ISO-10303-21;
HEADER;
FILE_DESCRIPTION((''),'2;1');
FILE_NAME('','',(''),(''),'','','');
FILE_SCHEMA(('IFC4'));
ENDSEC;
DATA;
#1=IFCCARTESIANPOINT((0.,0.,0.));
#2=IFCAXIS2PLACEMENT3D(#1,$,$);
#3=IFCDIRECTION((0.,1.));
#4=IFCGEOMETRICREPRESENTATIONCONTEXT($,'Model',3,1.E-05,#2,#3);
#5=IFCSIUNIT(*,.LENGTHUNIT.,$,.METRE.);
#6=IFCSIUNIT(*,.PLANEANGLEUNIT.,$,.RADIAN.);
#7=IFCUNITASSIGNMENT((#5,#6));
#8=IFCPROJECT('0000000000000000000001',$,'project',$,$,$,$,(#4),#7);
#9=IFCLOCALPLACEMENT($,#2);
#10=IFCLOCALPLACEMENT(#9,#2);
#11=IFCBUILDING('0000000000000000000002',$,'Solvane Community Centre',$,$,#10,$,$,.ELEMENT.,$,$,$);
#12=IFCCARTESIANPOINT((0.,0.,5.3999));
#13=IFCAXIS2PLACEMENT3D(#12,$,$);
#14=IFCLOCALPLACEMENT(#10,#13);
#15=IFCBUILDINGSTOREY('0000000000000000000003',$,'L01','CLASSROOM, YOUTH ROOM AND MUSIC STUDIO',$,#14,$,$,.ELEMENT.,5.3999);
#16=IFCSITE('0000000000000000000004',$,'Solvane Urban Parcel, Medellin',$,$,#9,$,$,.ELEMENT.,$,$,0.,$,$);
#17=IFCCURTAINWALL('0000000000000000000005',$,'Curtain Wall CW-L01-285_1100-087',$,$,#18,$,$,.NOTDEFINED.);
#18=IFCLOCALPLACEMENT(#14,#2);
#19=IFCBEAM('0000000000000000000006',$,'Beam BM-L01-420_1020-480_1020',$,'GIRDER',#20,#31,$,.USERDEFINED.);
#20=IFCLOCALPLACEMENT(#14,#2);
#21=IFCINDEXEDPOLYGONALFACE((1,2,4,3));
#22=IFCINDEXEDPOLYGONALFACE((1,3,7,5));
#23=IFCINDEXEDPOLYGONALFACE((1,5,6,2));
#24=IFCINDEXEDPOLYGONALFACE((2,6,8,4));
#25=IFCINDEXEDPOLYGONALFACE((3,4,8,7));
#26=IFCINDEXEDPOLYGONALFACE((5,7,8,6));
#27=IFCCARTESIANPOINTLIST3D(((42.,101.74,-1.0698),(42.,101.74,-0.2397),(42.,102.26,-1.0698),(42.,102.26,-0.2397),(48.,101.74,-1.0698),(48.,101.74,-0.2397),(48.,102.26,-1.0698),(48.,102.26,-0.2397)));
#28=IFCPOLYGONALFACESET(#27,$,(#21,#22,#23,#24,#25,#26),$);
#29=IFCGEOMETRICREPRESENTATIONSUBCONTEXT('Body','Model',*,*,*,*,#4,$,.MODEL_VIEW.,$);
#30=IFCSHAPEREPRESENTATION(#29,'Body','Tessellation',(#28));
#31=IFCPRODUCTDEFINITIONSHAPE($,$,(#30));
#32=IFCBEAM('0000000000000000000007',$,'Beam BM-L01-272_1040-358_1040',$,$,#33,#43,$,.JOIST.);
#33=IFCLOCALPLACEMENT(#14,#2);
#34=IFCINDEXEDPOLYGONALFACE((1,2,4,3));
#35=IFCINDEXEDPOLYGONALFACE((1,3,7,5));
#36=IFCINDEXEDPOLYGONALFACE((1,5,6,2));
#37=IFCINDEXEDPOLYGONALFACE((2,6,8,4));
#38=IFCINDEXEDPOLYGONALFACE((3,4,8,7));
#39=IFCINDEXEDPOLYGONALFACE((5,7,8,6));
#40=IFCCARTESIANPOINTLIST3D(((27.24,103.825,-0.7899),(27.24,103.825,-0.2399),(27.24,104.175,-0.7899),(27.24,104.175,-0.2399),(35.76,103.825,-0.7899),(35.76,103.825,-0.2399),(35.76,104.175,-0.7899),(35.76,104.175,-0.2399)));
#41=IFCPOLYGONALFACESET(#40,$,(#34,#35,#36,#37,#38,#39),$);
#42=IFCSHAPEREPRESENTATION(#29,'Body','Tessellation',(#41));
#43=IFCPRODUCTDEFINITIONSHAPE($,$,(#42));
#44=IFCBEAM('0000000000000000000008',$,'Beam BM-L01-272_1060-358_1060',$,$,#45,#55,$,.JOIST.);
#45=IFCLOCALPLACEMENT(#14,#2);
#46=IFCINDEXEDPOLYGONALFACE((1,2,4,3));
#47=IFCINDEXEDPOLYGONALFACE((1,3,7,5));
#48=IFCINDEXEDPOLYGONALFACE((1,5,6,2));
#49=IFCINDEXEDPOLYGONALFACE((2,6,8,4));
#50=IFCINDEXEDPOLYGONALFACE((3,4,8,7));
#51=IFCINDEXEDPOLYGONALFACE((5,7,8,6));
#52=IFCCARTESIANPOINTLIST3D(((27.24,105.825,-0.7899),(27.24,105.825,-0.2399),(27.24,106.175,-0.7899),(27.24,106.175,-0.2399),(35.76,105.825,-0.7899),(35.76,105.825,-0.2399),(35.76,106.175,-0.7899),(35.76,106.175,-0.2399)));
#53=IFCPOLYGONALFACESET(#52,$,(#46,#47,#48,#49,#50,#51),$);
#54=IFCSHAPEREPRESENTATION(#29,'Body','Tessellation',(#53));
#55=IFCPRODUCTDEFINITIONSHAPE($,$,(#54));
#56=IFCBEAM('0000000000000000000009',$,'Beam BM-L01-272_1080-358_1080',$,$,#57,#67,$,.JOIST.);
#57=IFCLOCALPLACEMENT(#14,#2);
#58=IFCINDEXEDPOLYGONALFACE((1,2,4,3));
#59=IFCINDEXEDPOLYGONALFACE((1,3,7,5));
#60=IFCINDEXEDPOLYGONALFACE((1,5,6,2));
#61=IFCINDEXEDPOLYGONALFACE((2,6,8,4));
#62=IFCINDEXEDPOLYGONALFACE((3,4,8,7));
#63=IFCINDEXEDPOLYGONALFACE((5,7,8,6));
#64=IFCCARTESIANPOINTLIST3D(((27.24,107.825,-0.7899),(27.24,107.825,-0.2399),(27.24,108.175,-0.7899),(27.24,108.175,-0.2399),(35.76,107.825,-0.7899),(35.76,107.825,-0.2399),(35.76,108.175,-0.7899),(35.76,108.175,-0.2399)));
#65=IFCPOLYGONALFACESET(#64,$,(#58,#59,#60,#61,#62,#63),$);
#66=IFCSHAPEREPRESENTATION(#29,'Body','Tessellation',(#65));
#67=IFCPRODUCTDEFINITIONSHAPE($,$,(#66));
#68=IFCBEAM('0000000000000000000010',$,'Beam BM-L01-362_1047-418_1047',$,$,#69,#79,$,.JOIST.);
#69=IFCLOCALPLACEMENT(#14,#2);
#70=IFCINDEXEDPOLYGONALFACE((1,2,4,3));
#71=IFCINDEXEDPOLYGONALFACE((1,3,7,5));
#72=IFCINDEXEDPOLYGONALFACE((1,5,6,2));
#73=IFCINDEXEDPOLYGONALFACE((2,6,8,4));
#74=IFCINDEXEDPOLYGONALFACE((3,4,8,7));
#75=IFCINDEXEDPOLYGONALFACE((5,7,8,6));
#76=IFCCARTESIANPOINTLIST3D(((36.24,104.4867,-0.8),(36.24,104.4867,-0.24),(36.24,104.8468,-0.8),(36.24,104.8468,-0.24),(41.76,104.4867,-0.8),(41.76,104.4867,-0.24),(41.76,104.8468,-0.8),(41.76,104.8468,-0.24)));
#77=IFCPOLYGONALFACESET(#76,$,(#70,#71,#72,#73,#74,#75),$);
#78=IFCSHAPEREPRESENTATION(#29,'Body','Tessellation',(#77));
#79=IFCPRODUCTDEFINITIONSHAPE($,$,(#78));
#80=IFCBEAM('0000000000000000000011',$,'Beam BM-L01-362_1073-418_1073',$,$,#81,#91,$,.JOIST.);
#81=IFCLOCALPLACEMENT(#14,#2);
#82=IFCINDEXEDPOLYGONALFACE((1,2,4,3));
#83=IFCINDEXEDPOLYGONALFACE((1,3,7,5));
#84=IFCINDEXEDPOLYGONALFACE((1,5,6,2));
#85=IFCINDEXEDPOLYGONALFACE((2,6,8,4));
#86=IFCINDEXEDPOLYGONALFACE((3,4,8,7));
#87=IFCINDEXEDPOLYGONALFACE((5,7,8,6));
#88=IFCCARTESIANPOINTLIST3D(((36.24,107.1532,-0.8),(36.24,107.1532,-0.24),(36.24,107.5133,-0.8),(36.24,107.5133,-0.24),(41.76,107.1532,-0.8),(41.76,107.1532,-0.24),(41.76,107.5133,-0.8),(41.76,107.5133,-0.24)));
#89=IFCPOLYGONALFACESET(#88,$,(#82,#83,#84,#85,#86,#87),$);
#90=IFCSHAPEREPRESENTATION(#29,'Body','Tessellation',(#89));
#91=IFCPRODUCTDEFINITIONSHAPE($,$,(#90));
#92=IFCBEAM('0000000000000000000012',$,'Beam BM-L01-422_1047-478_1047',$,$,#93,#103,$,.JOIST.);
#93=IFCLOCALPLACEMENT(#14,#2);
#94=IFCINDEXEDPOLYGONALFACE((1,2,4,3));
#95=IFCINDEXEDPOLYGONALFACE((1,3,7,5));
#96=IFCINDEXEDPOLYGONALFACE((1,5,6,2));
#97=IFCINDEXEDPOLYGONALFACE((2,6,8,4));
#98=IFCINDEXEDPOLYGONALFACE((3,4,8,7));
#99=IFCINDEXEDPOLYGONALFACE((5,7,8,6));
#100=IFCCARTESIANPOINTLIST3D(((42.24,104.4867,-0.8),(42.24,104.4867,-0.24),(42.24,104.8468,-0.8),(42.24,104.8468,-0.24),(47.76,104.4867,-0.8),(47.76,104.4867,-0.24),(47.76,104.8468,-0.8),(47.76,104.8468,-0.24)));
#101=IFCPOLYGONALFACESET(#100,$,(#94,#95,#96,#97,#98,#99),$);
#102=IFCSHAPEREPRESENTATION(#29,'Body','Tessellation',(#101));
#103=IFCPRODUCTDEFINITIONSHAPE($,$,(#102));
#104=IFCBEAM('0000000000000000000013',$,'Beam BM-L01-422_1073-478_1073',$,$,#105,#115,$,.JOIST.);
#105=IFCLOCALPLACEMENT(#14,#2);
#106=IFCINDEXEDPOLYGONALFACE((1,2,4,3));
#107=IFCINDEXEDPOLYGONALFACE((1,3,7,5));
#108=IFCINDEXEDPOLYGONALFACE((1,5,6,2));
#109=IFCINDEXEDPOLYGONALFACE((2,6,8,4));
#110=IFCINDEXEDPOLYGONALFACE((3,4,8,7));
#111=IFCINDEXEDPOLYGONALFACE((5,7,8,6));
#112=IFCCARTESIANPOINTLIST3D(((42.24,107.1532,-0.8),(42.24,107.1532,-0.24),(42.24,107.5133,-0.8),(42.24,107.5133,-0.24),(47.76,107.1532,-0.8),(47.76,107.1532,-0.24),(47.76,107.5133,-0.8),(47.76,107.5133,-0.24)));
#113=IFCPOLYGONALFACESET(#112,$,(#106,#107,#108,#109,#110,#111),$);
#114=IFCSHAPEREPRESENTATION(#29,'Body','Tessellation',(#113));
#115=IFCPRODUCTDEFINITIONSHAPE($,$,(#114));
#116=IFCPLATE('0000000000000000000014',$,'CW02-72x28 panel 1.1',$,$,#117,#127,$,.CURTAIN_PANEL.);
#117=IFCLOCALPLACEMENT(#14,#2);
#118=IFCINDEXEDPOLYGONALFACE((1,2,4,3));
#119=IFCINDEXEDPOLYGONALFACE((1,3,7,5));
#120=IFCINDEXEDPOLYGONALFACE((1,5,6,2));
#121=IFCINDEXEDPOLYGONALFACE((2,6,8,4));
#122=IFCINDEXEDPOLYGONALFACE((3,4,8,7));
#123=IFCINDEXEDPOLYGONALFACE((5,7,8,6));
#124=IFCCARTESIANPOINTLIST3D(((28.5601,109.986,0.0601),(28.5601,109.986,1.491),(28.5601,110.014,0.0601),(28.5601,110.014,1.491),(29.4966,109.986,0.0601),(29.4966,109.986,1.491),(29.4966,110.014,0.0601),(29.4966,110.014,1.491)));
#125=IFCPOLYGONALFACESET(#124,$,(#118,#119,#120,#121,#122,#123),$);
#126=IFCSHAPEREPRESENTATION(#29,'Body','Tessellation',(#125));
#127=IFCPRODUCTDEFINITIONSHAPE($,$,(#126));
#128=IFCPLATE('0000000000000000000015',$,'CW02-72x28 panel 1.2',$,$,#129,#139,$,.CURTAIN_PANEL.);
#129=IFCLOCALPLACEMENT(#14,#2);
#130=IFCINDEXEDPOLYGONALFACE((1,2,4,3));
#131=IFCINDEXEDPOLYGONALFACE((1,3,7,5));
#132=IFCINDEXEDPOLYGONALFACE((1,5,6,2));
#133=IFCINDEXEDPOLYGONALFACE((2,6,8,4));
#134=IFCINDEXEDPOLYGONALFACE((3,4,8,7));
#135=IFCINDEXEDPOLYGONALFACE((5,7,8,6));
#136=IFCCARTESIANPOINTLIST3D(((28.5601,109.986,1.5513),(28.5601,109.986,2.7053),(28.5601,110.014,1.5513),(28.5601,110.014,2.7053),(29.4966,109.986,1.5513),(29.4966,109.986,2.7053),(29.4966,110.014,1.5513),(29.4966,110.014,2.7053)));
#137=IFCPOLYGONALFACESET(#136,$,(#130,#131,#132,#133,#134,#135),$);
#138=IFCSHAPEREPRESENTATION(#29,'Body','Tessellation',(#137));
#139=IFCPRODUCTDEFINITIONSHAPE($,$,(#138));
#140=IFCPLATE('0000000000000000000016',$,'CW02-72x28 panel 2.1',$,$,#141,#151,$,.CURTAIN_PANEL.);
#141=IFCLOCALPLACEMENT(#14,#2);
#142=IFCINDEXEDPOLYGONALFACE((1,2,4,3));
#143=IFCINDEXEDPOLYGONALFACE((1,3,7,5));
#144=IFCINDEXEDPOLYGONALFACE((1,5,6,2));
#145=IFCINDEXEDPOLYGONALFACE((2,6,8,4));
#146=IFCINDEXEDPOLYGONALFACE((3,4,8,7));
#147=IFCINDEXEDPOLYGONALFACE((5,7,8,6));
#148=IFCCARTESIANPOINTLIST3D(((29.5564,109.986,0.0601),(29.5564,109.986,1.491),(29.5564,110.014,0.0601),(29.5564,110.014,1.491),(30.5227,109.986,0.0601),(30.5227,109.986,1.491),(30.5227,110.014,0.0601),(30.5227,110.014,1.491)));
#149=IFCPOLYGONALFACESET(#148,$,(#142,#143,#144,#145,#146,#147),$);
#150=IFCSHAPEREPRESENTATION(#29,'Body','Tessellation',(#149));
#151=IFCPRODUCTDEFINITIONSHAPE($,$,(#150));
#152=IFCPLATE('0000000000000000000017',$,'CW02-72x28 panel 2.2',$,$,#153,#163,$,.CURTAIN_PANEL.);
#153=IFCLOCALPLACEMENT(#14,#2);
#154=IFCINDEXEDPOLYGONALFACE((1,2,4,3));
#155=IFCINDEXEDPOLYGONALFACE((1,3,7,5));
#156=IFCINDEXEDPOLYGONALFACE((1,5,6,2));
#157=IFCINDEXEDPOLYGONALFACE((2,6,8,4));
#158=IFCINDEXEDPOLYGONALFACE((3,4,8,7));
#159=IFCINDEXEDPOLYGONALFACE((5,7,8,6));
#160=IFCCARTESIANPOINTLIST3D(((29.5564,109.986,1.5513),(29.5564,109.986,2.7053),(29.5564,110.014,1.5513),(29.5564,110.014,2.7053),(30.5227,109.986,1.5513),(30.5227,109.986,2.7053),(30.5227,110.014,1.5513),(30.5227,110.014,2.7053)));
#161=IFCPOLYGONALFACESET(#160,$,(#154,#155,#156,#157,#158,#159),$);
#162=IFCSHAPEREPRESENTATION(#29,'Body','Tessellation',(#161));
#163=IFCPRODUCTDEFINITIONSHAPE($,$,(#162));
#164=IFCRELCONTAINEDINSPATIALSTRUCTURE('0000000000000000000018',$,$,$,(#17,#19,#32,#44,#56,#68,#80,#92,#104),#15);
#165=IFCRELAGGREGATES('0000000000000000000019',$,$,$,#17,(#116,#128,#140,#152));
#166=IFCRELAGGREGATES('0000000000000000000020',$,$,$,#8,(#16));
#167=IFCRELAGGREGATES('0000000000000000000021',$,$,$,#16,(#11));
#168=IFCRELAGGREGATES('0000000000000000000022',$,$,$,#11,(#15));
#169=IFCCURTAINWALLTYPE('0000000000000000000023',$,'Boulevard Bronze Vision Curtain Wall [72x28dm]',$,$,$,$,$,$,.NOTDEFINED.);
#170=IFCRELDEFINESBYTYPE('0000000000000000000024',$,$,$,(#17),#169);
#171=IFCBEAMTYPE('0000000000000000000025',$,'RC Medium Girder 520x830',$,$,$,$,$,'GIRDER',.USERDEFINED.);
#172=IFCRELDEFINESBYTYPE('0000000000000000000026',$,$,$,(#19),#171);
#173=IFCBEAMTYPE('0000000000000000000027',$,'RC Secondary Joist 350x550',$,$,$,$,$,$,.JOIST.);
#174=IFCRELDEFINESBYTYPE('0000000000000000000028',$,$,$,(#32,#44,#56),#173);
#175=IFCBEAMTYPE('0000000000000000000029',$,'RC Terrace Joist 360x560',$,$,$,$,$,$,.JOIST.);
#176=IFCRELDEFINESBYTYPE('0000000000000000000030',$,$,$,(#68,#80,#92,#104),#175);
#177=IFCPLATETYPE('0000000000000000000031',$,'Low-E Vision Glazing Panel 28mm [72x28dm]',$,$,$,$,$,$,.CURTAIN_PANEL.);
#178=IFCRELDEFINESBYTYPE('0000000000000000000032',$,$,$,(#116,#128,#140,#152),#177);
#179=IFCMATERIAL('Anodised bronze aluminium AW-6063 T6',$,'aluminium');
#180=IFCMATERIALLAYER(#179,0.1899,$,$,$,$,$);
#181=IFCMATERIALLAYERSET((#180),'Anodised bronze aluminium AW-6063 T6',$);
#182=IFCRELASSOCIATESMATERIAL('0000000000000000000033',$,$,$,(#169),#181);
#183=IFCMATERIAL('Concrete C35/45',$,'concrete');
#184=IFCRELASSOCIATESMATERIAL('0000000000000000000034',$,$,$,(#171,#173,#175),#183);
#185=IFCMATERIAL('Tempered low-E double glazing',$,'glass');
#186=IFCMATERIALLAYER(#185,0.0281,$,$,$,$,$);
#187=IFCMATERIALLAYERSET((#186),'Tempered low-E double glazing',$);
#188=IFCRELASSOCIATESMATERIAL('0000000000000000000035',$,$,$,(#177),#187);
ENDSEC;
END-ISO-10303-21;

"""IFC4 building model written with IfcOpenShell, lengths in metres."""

from ifc_helpers import new_model, si_unit, direction, frame, origin, origin_2d, place, context, subcontext, project, spatial, rectangle, extrude, material, layer, layer_set, material_profile, profile_set, type_object, element, aggregate, save


model = new_model("IFC4")

# Units and contexts
model_context = context("Model", 3, precision=1e-05, world=origin(), true_north=direction((0.0, 1.0)))
body_context = subcontext(model_context, "Body", "Model", "MODEL_VIEW")
ifc_project = project(units=[si_unit("LENGTHUNIT", "METRE"), si_unit("PLANEANGLEUNIT", "RADIAN")], contexts=[model_context])

# Site, building, storey
site_placement = place(None, origin())
site = spatial("IfcSite", under=ifc_project, at=site_placement, Name="Solvane Urban Parcel, Medellin", CompositionType="ELEMENT", RefElevation=0.0)
building_placement = place(site_placement, origin())
building = spatial("IfcBuilding", under=site, at=building_placement, Name="Solvane Community Centre", CompositionType="ELEMENT")
storey_placement = place(building_placement, frame((0.0, 0.0, 5.3999)))
storey = spatial("IfcBuildingStorey", under=building, at=storey_placement, Name="L01", Description="CLASSROOM, YOUTH ROOM AND MUSIC STUDIO", CompositionType="ELEMENT", Elevation=5.3999)

# Shared definitions
ifc_material_1 = material(Name="Concrete C35/45", Category="concrete")

# Curtain wall
ifc_material_2 = material(Name="Anodised bronze aluminium AW-6063 T6", Category="aluminium")
ifc_layer_1 = layer(ifc_material_2, 0.1899)
ifc_layer_set_1 = layer_set([ifc_layer_1], Name="Anodised bronze aluminium AW-6063 T6")
curtain_wall_type = type_object("IfcCurtainWallType", Name="Boulevard Bronze Vision Curtain Wall [72x28dm]", PredefinedType="NOTDEFINED", material=ifc_layer_set_1)
curtain_wall_placement = place(storey_placement, origin())
curtain_wall = element("IfcCurtainWall", 1, at=curtain_wall_placement, inside=storey, type_object=curtain_wall_type, Name="Curtain Wall CW-L01-285_1100-087", PredefinedType="NOTDEFINED")

# Beams
ifc_material_profile_1 = material_profile(ifc_material_1, rectangle(XDim=0.52, YDim=0.8301, at=origin_2d()), Name="RC 520x830")
ifc_profile_set_1 = profile_set([ifc_material_profile_1], Name="Concrete C35/45")
beam_type_1 = type_object("IfcBeamType", Name="RC Medium Girder 520x830", ElementType="GIRDER", PredefinedType="USERDEFINED", material=ifc_profile_set_1)
for number, where, z_axis, x_axis, name in (
    (2, (42.0, 102.0, -0.6548), (1.0, 0.0, 0.0), (0.0, 1.0, 0.0), "Beam BM-L01-420_1020-480_1020"),
):
    element("IfcBeam", number, at=place(storey_placement, frame(where, z_axis=z_axis, x_axis=x_axis)), inside=storey, type_object=beam_type_1, Name=name, ObjectType="GIRDER", PredefinedType="USERDEFINED", context=body_context, shape_type="SweptSolid", body=[
        extrude(rectangle(XDim=0.52, YDim=0.8301, at=origin_2d()), origin(), (0.0, 0.0, 1.0), 6.0),
    ])
ifc_material_profile_2 = material_profile(ifc_material_1, rectangle(XDim=0.3501, YDim=0.55, at=origin_2d()), Name="RC 350x550")
ifc_profile_set_2 = profile_set([ifc_material_profile_2], Name="Concrete C35/45")
beam_type_2 = type_object("IfcBeamType", Name="RC Secondary Joist 350x550", PredefinedType="JOIST", material=ifc_profile_set_2)
for number, where, z_axis, x_axis, name in (
    (3, (27.24, 104.0, -0.5149), (1.0, 0.0, 0.0), (0.0, 1.0, 0.0), "Beam BM-L01-272_1040-358_1040"),
    (4, (27.24, 106.0, -0.5149), (1.0, 0.0, 0.0), (0.0, 1.0, 0.0), "Beam BM-L01-272_1060-358_1060"),
    (5, (27.24, 108.0, -0.5149), (1.0, 0.0, 0.0), (0.0, 1.0, 0.0), "Beam BM-L01-272_1080-358_1080"),
):
    element("IfcBeam", number, at=place(storey_placement, frame(where, z_axis=z_axis, x_axis=x_axis)), inside=storey, type_object=beam_type_2, Name=name, PredefinedType="JOIST", context=body_context, shape_type="SweptSolid", body=[
        extrude(rectangle(XDim=0.3501, YDim=0.55, at=origin_2d()), origin(), (0.0, 0.0, 1.0), 8.52),
    ])
ifc_material_profile_3 = material_profile(ifc_material_1, rectangle(XDim=0.3601, YDim=0.5601, at=origin_2d()), Name="RC 360x560")
ifc_profile_set_3 = profile_set([ifc_material_profile_3], Name="Concrete C35/45")
beam_type_3 = type_object("IfcBeamType", Name="RC Terrace Joist 360x560", PredefinedType="JOIST", material=ifc_profile_set_3)
for number, where, z_axis, x_axis, name in (
    (6, (36.24, 104.6667, -0.52), (1.0, 0.0, 0.0), (0.0, 1.0, 0.0), "Beam BM-L01-362_1047-418_1047"),
    (7, (36.24, 107.3333, -0.52), (1.0, 0.0, 0.0), (0.0, 1.0, 0.0), "Beam BM-L01-362_1073-418_1073"),
    (8, (42.24, 104.6667, -0.52), (1.0, 0.0, 0.0), (0.0, 1.0, 0.0), "Beam BM-L01-422_1047-478_1047"),
    (9, (42.24, 107.3333, -0.52), (1.0, 0.0, 0.0), (0.0, 1.0, 0.0), "Beam BM-L01-422_1073-478_1073"),
):
    element("IfcBeam", number, at=place(storey_placement, frame(where, z_axis=z_axis, x_axis=x_axis)), inside=storey, type_object=beam_type_3, Name=name, PredefinedType="JOIST", context=body_context, shape_type="SweptSolid", body=[
        extrude(rectangle(XDim=0.3601, YDim=0.5601, at=origin_2d()), origin(), (0.0, 0.0, 1.0), 5.52),
    ])

# Plates
ifc_material_3 = material(Name="Tempered low-E double glazing", Category="glass")
ifc_layer_2 = layer(ifc_material_3, 0.0281)
ifc_layer_set_2 = layer_set([ifc_layer_2], Name="Tempered low-E double glazing")
plate_type = type_object("IfcPlateType", Name="Low-E Vision Glazing Panel 28mm [72x28dm]", PredefinedType="CURTAIN_PANEL", material=ifc_layer_set_2)
plate_1_placement = place(storey_placement, frame((29.0283, 110.0, 0.0601), z_axis=(0.0, 0.0, 1.0), x_axis=(1.0, 0.0, 0.0)))
plate_1 = element("IfcPlate", 10, at=plate_1_placement, type_object=plate_type, Name="CW02-72x28 panel 1.1", PredefinedType="CURTAIN_PANEL", context=body_context, shape_type="SweptSolid", body=[
    extrude(rectangle(XDim=0.9365, YDim=0.0281, at=origin_2d()), origin(), (0.0, 0.0, 1.0), 1.4309),
])
plate_2_placement = place(storey_placement, frame((29.0283, 110.0, 1.5513), z_axis=(0.0, 0.0, 1.0), x_axis=(1.0, 0.0, 0.0)))
plate_2 = element("IfcPlate", 11, at=plate_2_placement, type_object=plate_type, Name="CW02-72x28 panel 1.2", PredefinedType="CURTAIN_PANEL", context=body_context, shape_type="SweptSolid", body=[
    extrude(rectangle(XDim=0.9365, YDim=0.0281, at=origin_2d()), origin(), (0.0, 0.0, 1.0), 1.1541),
])
plate_3_placement = place(storey_placement, frame((30.0396, 110.0, 0.0601), z_axis=(0.0, 0.0, 1.0), x_axis=(1.0, 0.0, 0.0)))
plate_3 = element("IfcPlate", 12, at=plate_3_placement, type_object=plate_type, Name="CW02-72x28 panel 2.1", PredefinedType="CURTAIN_PANEL", context=body_context, shape_type="SweptSolid", body=[
    extrude(rectangle(XDim=0.9663, YDim=0.0281, at=origin_2d()), origin(), (0.0, 0.0, 1.0), 1.4309),
])
plate_4_placement = place(storey_placement, frame((30.0396, 110.0, 1.5513), z_axis=(0.0, 0.0, 1.0), x_axis=(1.0, 0.0, 0.0)))
plate_4 = element("IfcPlate", 13, at=plate_4_placement, type_object=plate_type, Name="CW02-72x28 panel 2.2", PredefinedType="CURTAIN_PANEL", context=body_context, shape_type="SweptSolid", body=[
    extrude(rectangle(XDim=0.9663, YDim=0.0281, at=origin_2d()), origin(), (0.0, 0.0, 1.0), 1.1541),
])
aggregate(curtain_wall, [plate_1, plate_2, plate_3, plate_4])

save(model, "model.ifc")
